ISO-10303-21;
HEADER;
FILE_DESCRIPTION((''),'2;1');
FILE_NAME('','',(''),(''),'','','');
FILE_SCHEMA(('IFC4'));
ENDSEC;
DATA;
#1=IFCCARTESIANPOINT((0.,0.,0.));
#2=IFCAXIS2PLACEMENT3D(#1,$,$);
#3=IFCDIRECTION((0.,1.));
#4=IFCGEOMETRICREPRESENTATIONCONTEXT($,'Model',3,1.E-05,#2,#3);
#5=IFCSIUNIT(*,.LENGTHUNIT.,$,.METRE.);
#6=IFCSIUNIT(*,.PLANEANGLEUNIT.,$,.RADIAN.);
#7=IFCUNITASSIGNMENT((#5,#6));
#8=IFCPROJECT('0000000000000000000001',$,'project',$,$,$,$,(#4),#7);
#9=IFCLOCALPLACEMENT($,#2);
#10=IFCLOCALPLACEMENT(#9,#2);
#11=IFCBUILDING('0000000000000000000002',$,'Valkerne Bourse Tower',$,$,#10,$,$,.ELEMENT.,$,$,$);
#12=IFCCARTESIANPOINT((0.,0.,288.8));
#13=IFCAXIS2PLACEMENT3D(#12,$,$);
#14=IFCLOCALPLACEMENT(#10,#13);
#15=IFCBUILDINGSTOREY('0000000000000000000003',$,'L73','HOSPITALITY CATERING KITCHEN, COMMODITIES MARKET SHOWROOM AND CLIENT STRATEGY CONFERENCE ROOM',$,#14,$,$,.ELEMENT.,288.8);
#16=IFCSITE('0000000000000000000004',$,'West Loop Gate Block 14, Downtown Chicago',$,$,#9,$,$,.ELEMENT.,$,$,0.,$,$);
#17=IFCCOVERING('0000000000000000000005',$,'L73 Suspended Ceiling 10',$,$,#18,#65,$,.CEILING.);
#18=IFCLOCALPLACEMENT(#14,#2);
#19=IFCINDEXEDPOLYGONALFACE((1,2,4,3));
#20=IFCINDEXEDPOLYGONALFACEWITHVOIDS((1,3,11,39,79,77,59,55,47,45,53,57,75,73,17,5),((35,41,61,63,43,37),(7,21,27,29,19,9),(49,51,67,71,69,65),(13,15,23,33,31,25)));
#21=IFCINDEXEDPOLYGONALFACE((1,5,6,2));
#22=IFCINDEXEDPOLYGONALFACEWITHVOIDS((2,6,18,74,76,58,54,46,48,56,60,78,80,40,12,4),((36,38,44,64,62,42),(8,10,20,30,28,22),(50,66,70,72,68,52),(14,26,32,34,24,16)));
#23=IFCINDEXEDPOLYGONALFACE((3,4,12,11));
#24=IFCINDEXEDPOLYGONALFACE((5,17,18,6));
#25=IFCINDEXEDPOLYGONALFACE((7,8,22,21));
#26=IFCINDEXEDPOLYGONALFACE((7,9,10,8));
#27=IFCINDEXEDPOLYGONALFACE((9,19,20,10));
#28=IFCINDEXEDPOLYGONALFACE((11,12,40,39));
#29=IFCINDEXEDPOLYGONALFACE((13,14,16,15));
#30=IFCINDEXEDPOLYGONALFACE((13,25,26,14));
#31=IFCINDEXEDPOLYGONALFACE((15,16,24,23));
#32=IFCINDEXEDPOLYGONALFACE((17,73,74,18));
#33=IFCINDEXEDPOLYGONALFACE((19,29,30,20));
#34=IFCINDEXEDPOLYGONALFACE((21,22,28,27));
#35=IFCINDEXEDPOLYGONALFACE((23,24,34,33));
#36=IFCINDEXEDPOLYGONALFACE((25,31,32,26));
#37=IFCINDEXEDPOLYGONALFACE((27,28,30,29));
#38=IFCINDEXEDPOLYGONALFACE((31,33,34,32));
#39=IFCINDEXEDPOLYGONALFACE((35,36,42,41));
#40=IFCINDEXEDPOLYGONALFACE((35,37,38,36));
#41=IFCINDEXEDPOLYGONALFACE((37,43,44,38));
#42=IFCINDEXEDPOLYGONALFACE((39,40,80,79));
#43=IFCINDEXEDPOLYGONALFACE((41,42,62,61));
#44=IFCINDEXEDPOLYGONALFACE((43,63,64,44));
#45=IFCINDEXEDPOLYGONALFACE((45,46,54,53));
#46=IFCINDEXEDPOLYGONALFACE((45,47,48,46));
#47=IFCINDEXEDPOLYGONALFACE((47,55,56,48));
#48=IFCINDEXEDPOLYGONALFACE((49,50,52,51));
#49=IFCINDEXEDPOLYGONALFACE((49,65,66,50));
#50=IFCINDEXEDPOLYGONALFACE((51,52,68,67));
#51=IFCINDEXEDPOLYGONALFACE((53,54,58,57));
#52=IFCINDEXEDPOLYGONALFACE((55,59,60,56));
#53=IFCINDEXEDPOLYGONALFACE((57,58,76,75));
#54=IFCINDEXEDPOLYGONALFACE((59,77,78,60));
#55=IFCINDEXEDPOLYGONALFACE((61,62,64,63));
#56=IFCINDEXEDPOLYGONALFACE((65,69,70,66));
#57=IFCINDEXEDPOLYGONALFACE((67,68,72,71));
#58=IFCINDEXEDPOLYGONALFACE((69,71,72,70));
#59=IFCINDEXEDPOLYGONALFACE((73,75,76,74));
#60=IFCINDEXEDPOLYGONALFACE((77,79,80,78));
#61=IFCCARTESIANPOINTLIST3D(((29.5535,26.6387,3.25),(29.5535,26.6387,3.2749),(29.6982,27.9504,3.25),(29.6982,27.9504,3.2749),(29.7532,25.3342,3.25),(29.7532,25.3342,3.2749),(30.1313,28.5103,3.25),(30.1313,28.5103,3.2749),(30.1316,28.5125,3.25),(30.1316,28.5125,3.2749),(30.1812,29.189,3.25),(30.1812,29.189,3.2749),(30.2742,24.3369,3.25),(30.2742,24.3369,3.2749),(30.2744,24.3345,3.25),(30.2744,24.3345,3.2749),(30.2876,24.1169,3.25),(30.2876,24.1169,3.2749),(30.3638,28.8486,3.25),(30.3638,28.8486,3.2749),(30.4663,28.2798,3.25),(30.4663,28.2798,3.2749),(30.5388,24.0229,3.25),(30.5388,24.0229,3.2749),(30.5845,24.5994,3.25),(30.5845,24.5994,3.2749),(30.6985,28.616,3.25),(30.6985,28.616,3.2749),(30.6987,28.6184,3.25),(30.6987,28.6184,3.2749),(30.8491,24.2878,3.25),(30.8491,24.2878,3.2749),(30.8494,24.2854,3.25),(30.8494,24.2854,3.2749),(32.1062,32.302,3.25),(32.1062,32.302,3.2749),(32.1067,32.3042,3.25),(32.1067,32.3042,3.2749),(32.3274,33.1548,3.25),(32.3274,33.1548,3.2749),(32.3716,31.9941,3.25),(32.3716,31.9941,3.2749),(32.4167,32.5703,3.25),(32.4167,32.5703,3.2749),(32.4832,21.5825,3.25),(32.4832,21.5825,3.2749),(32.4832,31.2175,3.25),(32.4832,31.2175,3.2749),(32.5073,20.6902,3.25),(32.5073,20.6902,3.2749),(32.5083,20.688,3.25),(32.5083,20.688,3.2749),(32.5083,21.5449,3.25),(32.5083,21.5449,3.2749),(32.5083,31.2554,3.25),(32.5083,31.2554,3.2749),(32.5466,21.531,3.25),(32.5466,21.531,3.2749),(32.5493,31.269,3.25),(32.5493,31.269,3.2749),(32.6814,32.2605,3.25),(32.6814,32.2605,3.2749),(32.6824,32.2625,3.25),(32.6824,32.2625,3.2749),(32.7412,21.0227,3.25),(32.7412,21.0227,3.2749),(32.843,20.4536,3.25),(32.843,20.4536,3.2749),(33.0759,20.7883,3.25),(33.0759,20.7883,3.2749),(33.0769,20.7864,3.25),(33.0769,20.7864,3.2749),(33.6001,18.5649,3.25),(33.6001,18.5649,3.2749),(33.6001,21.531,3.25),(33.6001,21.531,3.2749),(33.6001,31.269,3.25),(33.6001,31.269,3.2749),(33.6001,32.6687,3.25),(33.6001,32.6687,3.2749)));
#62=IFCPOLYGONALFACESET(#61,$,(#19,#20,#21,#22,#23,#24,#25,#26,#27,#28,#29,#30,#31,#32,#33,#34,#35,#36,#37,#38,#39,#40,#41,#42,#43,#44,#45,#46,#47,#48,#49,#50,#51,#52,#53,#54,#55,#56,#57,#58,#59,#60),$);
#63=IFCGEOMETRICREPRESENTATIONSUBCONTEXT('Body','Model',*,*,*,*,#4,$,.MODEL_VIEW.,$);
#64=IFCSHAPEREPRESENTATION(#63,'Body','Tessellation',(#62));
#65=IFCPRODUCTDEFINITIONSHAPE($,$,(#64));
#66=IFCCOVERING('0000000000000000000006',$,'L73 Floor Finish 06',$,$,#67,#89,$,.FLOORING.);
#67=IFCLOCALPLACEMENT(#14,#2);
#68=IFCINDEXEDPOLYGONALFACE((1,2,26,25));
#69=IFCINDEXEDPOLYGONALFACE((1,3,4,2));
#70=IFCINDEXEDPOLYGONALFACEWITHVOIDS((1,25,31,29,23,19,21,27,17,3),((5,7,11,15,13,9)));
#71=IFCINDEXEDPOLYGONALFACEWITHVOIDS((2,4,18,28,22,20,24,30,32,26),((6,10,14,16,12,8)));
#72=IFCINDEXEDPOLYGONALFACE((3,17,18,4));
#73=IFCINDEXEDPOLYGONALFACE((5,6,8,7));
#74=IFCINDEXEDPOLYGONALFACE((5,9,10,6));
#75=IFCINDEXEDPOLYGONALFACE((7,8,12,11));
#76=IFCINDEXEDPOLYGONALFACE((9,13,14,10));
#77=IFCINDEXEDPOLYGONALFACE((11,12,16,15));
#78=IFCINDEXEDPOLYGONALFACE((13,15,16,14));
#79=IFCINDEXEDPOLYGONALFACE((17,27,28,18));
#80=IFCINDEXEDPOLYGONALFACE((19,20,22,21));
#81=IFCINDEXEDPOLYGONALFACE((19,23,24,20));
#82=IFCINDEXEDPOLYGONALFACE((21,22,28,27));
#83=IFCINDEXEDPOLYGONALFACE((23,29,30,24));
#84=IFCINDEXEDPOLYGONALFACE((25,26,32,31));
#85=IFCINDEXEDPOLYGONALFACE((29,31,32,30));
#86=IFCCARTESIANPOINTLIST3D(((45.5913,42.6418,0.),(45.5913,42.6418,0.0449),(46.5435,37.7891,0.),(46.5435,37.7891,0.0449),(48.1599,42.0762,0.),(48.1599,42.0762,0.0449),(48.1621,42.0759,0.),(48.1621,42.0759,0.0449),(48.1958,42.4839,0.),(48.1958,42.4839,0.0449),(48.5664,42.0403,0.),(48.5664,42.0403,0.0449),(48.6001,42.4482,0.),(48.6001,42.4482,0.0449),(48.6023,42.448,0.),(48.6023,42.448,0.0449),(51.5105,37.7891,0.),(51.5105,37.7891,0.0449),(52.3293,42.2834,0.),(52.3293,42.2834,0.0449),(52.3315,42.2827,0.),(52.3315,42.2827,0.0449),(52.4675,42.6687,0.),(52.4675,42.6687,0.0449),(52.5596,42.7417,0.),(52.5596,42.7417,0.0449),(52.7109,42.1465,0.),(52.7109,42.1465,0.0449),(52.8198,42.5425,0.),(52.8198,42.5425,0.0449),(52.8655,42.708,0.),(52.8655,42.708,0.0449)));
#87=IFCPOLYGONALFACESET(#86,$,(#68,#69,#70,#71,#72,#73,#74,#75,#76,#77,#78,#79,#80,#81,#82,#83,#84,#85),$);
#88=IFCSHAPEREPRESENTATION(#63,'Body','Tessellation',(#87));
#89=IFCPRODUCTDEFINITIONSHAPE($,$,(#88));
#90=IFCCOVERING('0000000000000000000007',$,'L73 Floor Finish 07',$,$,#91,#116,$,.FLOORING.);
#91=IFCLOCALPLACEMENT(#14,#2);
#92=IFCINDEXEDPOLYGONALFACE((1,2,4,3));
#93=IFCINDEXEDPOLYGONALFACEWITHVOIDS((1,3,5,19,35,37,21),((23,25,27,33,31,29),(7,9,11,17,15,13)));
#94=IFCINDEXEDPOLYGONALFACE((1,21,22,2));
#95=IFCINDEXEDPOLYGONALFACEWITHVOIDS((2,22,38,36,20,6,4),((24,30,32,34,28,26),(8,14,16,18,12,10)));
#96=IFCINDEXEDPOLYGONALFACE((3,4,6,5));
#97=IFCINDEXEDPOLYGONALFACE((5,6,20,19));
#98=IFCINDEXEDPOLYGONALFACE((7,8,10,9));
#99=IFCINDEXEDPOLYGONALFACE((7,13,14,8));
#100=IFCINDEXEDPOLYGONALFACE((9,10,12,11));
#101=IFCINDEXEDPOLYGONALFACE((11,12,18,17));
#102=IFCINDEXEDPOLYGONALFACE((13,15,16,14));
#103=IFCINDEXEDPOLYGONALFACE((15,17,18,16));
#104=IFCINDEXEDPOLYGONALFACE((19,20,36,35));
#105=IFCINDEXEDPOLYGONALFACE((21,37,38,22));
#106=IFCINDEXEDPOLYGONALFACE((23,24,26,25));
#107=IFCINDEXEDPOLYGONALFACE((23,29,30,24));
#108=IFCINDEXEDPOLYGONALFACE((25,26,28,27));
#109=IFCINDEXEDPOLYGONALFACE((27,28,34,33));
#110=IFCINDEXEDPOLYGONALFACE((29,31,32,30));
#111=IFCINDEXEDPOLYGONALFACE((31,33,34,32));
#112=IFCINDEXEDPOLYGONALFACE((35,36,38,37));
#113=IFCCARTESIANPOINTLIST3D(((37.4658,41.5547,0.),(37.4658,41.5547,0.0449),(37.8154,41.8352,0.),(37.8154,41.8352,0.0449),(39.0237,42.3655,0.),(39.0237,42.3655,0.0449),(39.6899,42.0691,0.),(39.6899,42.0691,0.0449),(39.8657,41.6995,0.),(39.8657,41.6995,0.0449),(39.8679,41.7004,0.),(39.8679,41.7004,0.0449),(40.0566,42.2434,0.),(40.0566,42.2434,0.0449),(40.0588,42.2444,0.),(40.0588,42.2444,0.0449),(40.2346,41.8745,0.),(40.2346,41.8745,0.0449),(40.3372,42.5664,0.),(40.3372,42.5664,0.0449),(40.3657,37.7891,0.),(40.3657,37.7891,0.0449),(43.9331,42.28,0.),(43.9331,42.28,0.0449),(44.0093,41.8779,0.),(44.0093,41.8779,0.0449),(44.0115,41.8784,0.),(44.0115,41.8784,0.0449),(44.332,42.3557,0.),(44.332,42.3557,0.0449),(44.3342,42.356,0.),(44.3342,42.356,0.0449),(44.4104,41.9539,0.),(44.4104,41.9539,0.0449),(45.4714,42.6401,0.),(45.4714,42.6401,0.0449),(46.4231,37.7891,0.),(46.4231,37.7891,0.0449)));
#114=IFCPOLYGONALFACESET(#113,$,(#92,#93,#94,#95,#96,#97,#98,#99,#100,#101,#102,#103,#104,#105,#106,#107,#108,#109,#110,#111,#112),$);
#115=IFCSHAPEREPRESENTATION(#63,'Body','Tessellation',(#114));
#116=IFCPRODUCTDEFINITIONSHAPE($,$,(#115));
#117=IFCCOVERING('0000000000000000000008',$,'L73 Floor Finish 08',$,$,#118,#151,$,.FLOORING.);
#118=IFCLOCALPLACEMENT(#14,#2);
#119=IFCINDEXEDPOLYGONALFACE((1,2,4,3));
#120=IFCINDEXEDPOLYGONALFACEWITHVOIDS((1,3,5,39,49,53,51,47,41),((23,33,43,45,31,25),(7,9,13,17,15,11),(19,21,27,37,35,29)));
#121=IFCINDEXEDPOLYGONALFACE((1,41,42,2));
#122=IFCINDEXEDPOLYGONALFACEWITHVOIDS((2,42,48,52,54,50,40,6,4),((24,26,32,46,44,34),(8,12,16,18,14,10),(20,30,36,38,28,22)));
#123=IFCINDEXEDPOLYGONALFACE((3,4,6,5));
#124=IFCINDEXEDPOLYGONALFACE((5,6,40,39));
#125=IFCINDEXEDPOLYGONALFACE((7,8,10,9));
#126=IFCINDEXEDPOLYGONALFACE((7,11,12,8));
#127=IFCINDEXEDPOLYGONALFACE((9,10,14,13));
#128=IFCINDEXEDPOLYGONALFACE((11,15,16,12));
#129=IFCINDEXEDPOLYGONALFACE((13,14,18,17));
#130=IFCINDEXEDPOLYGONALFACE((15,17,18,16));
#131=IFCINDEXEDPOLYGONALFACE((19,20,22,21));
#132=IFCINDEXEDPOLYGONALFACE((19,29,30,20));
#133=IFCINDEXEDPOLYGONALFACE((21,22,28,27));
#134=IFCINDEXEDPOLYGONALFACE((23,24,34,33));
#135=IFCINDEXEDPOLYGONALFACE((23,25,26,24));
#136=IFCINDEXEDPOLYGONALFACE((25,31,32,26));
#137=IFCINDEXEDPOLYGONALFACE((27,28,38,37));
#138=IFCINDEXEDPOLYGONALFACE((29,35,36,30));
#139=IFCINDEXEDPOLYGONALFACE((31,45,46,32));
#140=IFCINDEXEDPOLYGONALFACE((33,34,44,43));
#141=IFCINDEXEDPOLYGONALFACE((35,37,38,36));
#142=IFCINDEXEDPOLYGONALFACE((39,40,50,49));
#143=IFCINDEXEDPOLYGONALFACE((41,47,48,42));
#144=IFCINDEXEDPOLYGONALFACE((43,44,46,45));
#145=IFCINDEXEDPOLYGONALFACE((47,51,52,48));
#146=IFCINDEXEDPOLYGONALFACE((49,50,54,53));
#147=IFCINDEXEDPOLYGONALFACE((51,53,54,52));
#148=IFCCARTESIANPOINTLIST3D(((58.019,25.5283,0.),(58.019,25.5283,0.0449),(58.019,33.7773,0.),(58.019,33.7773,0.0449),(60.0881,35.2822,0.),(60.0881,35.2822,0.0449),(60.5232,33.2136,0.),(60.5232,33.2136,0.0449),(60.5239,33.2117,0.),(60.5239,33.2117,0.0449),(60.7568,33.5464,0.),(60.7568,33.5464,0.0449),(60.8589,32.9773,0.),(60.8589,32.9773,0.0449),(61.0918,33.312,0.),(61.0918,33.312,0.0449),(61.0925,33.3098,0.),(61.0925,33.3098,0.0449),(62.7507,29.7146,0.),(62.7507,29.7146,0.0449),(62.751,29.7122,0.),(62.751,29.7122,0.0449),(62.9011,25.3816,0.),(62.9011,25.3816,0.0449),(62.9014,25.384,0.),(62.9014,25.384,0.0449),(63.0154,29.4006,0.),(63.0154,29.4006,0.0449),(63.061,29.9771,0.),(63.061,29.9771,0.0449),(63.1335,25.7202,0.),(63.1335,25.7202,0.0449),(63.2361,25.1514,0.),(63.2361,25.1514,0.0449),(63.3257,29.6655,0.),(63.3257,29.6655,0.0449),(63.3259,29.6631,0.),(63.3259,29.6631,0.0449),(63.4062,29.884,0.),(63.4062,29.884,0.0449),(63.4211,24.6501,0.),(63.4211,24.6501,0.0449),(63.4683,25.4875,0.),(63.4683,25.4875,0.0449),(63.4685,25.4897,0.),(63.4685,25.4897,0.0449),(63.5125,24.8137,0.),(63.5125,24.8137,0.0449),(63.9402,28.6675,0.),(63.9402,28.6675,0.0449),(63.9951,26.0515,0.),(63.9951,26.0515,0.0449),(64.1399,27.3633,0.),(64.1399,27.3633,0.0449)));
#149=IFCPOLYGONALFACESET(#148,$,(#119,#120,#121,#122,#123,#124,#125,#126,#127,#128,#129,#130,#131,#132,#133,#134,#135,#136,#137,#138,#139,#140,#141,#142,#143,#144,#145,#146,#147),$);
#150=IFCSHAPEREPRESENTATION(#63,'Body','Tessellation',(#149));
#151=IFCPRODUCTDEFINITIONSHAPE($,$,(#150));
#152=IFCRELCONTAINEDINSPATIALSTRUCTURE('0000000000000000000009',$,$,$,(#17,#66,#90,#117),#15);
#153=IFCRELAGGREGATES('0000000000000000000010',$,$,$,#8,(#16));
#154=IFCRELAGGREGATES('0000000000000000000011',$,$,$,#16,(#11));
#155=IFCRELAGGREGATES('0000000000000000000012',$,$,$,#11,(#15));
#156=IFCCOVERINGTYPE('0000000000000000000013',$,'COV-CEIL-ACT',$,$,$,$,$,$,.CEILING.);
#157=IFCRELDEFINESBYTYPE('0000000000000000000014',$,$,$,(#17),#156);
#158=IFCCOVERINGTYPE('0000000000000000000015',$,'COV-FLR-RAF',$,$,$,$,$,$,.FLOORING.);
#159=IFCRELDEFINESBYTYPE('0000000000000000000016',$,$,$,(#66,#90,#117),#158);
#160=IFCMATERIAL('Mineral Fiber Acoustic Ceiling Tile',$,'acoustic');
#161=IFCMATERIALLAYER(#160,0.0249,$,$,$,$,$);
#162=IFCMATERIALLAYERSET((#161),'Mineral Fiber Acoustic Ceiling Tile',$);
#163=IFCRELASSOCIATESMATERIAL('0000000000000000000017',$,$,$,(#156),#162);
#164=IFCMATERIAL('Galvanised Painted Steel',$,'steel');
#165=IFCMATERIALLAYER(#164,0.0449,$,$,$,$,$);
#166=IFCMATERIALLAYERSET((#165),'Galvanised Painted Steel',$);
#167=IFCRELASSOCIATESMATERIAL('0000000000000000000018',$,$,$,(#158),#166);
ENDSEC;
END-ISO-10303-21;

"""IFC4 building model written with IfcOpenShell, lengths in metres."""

from ifc_helpers import new_model, si_unit, direction, frame, origin, place, context, subcontext, project, spatial, polyline, outline, extrude, material, layer, layer_set, type_object, element, save


model = new_model("IFC4")

# Units and contexts
model_context = context("Model", 3, precision=1e-05, world=origin(), true_north=direction((0.0, 1.0)))
body_context = subcontext(model_context, "Body", "Model", "MODEL_VIEW")
ifc_project = project(units=[si_unit("LENGTHUNIT", "METRE"), si_unit("PLANEANGLEUNIT", "RADIAN")], contexts=[model_context])

# Site, building, storey
site_placement = place(None, origin())
site = spatial("IfcSite", under=ifc_project, at=site_placement, Name="West Loop Gate Block 14, Downtown Chicago", CompositionType="ELEMENT", RefElevation=0.0)
building_placement = place(site_placement, origin())
building = spatial("IfcBuilding", under=site, at=building_placement, Name="Valkerne Bourse Tower", CompositionType="ELEMENT")
storey_placement = place(building_placement, frame((0.0, 0.0, 288.8)))
storey = spatial("IfcBuildingStorey", under=building, at=storey_placement, Name="L73", Description="HOSPITALITY CATERING KITCHEN, COMMODITIES MARKET SHOWROOM AND CLIENT STRATEGY CONFERENCE ROOM", CompositionType="ELEMENT", Elevation=288.8)

# Coverings
ifc_material_1 = material(Name="Mineral Fiber Acoustic Ceiling Tile", Category="acoustic")
ifc_layer_1 = layer(ifc_material_1, 0.0249)
ifc_layer_set_1 = layer_set([ifc_layer_1], Name="Mineral Fiber Acoustic Ceiling Tile")
covering_type_1 = type_object("IfcCoveringType", Name="COV-CEIL-ACT", PredefinedType="CEILING", material=ifc_layer_set_1)
covering_1_placement = place(storey_placement, frame((0.0, 0.0, 3.25)))
element("IfcCovering", 1, at=covering_1_placement, inside=storey, type_object=covering_type_1, Name="L73 Suspended Ceiling 10", PredefinedType="CEILING", context=body_context, shape_type="SweptSolid", body=[
    extrude(outline(polyline([(30.2876, 24.1169), (29.7532, 25.3342), (29.5535, 26.6387), (29.6982, 27.9504), (30.1812, 29.189), (32.3274, 33.1548), (33.6001, 32.6687), (33.6001, 31.269), (32.5493, 31.269), (32.5083, 31.2554), (32.4832, 31.2175), (32.4832, 21.5825), (32.5083, 21.5449), (32.5466, 21.531), (33.6001, 21.531), (33.6001, 18.5649), (30.2876, 24.1169)]), holes=[polyline([(33.0759, 20.7883), (32.7412, 21.0227), (32.5073, 20.6902), (32.5083, 20.688), (32.843, 20.4536), (33.0769, 20.7864), (33.0759, 20.7883)]), polyline([(30.8491, 24.2878), (30.5845, 24.5994), (30.2742, 24.3369), (30.2744, 24.3345), (30.5388, 24.0229), (30.8494, 24.2854), (30.8491, 24.2878)]), polyline([(30.6987, 28.6184), (30.3638, 28.8486), (30.1316, 28.5125), (30.1313, 28.5103), (30.4663, 28.2798), (30.6985, 28.616), (30.6987, 28.6184)]), polyline([(32.6824, 32.2625), (32.4167, 32.5703), (32.1067, 32.3042), (32.1062, 32.302), (32.3716, 31.9941), (32.6814, 32.2605), (32.6824, 32.2625)])]), origin(), (0.0, 0.0, 1.0), 0.0249),
])
ifc_material_2 = material(Name="Galvanised Painted Steel", Category="steel")
ifc_layer_2 = layer(ifc_material_2, 0.0449)
ifc_layer_set_2 = layer_set([ifc_layer_2], Name="Galvanised Painted Steel")
covering_type_2 = type_object("IfcCoveringType", Name="COV-FLR-RAF", PredefinedType="FLOORING", material=ifc_layer_set_2)
covering_2_placement = place(storey_placement, origin())
element("IfcCovering", 2, at=covering_2_placement, inside=storey, type_object=covering_type_2, Name="L73 Floor Finish 06", PredefinedType="FLOORING", context=body_context, shape_type="SweptSolid", body=[
    extrude(outline(polyline([(52.8198, 42.5425), (52.4675, 42.6687), (52.3293, 42.2834), (52.3315, 42.2827), (52.7109, 42.1465), (51.5105, 37.7891), (46.5435, 37.7891), (45.5913, 42.6418), (52.5596, 42.7417), (52.8655, 42.708), (52.8198, 42.5425)]), holes=[polyline([(48.6001, 42.4482), (48.1958, 42.4839), (48.1599, 42.0762), (48.1621, 42.0759), (48.5664, 42.0403), (48.6023, 42.448), (48.6001, 42.4482)])]), origin(), (0.0, 0.0, 1.0), 0.0449),
])
covering_3_placement = place(storey_placement, origin())
element("IfcCovering", 3, at=covering_3_placement, inside=storey, type_object=covering_type_2, Name="L73 Floor Finish 07", PredefinedType="FLOORING", context=body_context, shape_type="SweptSolid", body=[
    extrude(outline(polyline([(40.3372, 42.5664), (45.4714, 42.6401), (46.4231, 37.7891), (40.3657, 37.7891), (37.4658, 41.5547), (37.8154, 41.8352), (39.0237, 42.3655), (40.3372, 42.5664)]), holes=[polyline([(39.8679, 41.7004), (40.2346, 41.8745), (40.0588, 42.2444), (40.0566, 42.2434), (39.6899, 42.0691), (39.8657, 41.6995), (39.8679, 41.7004)]), polyline([(44.4104, 41.9539), (44.3342, 42.356), (44.332, 42.3557), (43.9331, 42.28), (44.0093, 41.8779), (44.0115, 41.8784), (44.4104, 41.9539)])]), origin(), (0.0, 0.0, 1.0), 0.0449),
])
covering_4_placement = place(storey_placement, origin())
element("IfcCovering", 4, at=covering_4_placement, inside=storey, type_object=covering_type_2, Name="L73 Floor Finish 08", PredefinedType="FLOORING", context=body_context, shape_type="SweptSolid", body=[
    extrude(outline(polyline([(63.9951, 26.0515), (63.5125, 24.8137), (63.4211, 24.6501), (58.019, 25.5283), (58.019, 33.7773), (60.0881, 35.2822), (63.4062, 29.884), (63.9402, 28.6675), (64.1399, 27.3633), (63.9951, 26.0515)]), holes=[polyline([(63.4683, 25.4875), (63.4685, 25.4897), (63.1335, 25.7202), (62.9014, 25.384), (62.9011, 25.3816), (63.2361, 25.1514), (63.4683, 25.4875)]), polyline([(63.3257, 29.6655), (63.061, 29.9771), (62.7507, 29.7146), (62.751, 29.7122), (63.0154, 29.4006), (63.3259, 29.6631), (63.3257, 29.6655)]), polyline([(61.0918, 33.312), (60.7568, 33.5464), (60.5232, 33.2136), (60.5239, 33.2117), (60.8589, 32.9773), (61.0925, 33.3098), (61.0918, 33.312)])]), origin(), (0.0, 0.0, 1.0), 0.0449),
])

save(model, "model.ifc")
